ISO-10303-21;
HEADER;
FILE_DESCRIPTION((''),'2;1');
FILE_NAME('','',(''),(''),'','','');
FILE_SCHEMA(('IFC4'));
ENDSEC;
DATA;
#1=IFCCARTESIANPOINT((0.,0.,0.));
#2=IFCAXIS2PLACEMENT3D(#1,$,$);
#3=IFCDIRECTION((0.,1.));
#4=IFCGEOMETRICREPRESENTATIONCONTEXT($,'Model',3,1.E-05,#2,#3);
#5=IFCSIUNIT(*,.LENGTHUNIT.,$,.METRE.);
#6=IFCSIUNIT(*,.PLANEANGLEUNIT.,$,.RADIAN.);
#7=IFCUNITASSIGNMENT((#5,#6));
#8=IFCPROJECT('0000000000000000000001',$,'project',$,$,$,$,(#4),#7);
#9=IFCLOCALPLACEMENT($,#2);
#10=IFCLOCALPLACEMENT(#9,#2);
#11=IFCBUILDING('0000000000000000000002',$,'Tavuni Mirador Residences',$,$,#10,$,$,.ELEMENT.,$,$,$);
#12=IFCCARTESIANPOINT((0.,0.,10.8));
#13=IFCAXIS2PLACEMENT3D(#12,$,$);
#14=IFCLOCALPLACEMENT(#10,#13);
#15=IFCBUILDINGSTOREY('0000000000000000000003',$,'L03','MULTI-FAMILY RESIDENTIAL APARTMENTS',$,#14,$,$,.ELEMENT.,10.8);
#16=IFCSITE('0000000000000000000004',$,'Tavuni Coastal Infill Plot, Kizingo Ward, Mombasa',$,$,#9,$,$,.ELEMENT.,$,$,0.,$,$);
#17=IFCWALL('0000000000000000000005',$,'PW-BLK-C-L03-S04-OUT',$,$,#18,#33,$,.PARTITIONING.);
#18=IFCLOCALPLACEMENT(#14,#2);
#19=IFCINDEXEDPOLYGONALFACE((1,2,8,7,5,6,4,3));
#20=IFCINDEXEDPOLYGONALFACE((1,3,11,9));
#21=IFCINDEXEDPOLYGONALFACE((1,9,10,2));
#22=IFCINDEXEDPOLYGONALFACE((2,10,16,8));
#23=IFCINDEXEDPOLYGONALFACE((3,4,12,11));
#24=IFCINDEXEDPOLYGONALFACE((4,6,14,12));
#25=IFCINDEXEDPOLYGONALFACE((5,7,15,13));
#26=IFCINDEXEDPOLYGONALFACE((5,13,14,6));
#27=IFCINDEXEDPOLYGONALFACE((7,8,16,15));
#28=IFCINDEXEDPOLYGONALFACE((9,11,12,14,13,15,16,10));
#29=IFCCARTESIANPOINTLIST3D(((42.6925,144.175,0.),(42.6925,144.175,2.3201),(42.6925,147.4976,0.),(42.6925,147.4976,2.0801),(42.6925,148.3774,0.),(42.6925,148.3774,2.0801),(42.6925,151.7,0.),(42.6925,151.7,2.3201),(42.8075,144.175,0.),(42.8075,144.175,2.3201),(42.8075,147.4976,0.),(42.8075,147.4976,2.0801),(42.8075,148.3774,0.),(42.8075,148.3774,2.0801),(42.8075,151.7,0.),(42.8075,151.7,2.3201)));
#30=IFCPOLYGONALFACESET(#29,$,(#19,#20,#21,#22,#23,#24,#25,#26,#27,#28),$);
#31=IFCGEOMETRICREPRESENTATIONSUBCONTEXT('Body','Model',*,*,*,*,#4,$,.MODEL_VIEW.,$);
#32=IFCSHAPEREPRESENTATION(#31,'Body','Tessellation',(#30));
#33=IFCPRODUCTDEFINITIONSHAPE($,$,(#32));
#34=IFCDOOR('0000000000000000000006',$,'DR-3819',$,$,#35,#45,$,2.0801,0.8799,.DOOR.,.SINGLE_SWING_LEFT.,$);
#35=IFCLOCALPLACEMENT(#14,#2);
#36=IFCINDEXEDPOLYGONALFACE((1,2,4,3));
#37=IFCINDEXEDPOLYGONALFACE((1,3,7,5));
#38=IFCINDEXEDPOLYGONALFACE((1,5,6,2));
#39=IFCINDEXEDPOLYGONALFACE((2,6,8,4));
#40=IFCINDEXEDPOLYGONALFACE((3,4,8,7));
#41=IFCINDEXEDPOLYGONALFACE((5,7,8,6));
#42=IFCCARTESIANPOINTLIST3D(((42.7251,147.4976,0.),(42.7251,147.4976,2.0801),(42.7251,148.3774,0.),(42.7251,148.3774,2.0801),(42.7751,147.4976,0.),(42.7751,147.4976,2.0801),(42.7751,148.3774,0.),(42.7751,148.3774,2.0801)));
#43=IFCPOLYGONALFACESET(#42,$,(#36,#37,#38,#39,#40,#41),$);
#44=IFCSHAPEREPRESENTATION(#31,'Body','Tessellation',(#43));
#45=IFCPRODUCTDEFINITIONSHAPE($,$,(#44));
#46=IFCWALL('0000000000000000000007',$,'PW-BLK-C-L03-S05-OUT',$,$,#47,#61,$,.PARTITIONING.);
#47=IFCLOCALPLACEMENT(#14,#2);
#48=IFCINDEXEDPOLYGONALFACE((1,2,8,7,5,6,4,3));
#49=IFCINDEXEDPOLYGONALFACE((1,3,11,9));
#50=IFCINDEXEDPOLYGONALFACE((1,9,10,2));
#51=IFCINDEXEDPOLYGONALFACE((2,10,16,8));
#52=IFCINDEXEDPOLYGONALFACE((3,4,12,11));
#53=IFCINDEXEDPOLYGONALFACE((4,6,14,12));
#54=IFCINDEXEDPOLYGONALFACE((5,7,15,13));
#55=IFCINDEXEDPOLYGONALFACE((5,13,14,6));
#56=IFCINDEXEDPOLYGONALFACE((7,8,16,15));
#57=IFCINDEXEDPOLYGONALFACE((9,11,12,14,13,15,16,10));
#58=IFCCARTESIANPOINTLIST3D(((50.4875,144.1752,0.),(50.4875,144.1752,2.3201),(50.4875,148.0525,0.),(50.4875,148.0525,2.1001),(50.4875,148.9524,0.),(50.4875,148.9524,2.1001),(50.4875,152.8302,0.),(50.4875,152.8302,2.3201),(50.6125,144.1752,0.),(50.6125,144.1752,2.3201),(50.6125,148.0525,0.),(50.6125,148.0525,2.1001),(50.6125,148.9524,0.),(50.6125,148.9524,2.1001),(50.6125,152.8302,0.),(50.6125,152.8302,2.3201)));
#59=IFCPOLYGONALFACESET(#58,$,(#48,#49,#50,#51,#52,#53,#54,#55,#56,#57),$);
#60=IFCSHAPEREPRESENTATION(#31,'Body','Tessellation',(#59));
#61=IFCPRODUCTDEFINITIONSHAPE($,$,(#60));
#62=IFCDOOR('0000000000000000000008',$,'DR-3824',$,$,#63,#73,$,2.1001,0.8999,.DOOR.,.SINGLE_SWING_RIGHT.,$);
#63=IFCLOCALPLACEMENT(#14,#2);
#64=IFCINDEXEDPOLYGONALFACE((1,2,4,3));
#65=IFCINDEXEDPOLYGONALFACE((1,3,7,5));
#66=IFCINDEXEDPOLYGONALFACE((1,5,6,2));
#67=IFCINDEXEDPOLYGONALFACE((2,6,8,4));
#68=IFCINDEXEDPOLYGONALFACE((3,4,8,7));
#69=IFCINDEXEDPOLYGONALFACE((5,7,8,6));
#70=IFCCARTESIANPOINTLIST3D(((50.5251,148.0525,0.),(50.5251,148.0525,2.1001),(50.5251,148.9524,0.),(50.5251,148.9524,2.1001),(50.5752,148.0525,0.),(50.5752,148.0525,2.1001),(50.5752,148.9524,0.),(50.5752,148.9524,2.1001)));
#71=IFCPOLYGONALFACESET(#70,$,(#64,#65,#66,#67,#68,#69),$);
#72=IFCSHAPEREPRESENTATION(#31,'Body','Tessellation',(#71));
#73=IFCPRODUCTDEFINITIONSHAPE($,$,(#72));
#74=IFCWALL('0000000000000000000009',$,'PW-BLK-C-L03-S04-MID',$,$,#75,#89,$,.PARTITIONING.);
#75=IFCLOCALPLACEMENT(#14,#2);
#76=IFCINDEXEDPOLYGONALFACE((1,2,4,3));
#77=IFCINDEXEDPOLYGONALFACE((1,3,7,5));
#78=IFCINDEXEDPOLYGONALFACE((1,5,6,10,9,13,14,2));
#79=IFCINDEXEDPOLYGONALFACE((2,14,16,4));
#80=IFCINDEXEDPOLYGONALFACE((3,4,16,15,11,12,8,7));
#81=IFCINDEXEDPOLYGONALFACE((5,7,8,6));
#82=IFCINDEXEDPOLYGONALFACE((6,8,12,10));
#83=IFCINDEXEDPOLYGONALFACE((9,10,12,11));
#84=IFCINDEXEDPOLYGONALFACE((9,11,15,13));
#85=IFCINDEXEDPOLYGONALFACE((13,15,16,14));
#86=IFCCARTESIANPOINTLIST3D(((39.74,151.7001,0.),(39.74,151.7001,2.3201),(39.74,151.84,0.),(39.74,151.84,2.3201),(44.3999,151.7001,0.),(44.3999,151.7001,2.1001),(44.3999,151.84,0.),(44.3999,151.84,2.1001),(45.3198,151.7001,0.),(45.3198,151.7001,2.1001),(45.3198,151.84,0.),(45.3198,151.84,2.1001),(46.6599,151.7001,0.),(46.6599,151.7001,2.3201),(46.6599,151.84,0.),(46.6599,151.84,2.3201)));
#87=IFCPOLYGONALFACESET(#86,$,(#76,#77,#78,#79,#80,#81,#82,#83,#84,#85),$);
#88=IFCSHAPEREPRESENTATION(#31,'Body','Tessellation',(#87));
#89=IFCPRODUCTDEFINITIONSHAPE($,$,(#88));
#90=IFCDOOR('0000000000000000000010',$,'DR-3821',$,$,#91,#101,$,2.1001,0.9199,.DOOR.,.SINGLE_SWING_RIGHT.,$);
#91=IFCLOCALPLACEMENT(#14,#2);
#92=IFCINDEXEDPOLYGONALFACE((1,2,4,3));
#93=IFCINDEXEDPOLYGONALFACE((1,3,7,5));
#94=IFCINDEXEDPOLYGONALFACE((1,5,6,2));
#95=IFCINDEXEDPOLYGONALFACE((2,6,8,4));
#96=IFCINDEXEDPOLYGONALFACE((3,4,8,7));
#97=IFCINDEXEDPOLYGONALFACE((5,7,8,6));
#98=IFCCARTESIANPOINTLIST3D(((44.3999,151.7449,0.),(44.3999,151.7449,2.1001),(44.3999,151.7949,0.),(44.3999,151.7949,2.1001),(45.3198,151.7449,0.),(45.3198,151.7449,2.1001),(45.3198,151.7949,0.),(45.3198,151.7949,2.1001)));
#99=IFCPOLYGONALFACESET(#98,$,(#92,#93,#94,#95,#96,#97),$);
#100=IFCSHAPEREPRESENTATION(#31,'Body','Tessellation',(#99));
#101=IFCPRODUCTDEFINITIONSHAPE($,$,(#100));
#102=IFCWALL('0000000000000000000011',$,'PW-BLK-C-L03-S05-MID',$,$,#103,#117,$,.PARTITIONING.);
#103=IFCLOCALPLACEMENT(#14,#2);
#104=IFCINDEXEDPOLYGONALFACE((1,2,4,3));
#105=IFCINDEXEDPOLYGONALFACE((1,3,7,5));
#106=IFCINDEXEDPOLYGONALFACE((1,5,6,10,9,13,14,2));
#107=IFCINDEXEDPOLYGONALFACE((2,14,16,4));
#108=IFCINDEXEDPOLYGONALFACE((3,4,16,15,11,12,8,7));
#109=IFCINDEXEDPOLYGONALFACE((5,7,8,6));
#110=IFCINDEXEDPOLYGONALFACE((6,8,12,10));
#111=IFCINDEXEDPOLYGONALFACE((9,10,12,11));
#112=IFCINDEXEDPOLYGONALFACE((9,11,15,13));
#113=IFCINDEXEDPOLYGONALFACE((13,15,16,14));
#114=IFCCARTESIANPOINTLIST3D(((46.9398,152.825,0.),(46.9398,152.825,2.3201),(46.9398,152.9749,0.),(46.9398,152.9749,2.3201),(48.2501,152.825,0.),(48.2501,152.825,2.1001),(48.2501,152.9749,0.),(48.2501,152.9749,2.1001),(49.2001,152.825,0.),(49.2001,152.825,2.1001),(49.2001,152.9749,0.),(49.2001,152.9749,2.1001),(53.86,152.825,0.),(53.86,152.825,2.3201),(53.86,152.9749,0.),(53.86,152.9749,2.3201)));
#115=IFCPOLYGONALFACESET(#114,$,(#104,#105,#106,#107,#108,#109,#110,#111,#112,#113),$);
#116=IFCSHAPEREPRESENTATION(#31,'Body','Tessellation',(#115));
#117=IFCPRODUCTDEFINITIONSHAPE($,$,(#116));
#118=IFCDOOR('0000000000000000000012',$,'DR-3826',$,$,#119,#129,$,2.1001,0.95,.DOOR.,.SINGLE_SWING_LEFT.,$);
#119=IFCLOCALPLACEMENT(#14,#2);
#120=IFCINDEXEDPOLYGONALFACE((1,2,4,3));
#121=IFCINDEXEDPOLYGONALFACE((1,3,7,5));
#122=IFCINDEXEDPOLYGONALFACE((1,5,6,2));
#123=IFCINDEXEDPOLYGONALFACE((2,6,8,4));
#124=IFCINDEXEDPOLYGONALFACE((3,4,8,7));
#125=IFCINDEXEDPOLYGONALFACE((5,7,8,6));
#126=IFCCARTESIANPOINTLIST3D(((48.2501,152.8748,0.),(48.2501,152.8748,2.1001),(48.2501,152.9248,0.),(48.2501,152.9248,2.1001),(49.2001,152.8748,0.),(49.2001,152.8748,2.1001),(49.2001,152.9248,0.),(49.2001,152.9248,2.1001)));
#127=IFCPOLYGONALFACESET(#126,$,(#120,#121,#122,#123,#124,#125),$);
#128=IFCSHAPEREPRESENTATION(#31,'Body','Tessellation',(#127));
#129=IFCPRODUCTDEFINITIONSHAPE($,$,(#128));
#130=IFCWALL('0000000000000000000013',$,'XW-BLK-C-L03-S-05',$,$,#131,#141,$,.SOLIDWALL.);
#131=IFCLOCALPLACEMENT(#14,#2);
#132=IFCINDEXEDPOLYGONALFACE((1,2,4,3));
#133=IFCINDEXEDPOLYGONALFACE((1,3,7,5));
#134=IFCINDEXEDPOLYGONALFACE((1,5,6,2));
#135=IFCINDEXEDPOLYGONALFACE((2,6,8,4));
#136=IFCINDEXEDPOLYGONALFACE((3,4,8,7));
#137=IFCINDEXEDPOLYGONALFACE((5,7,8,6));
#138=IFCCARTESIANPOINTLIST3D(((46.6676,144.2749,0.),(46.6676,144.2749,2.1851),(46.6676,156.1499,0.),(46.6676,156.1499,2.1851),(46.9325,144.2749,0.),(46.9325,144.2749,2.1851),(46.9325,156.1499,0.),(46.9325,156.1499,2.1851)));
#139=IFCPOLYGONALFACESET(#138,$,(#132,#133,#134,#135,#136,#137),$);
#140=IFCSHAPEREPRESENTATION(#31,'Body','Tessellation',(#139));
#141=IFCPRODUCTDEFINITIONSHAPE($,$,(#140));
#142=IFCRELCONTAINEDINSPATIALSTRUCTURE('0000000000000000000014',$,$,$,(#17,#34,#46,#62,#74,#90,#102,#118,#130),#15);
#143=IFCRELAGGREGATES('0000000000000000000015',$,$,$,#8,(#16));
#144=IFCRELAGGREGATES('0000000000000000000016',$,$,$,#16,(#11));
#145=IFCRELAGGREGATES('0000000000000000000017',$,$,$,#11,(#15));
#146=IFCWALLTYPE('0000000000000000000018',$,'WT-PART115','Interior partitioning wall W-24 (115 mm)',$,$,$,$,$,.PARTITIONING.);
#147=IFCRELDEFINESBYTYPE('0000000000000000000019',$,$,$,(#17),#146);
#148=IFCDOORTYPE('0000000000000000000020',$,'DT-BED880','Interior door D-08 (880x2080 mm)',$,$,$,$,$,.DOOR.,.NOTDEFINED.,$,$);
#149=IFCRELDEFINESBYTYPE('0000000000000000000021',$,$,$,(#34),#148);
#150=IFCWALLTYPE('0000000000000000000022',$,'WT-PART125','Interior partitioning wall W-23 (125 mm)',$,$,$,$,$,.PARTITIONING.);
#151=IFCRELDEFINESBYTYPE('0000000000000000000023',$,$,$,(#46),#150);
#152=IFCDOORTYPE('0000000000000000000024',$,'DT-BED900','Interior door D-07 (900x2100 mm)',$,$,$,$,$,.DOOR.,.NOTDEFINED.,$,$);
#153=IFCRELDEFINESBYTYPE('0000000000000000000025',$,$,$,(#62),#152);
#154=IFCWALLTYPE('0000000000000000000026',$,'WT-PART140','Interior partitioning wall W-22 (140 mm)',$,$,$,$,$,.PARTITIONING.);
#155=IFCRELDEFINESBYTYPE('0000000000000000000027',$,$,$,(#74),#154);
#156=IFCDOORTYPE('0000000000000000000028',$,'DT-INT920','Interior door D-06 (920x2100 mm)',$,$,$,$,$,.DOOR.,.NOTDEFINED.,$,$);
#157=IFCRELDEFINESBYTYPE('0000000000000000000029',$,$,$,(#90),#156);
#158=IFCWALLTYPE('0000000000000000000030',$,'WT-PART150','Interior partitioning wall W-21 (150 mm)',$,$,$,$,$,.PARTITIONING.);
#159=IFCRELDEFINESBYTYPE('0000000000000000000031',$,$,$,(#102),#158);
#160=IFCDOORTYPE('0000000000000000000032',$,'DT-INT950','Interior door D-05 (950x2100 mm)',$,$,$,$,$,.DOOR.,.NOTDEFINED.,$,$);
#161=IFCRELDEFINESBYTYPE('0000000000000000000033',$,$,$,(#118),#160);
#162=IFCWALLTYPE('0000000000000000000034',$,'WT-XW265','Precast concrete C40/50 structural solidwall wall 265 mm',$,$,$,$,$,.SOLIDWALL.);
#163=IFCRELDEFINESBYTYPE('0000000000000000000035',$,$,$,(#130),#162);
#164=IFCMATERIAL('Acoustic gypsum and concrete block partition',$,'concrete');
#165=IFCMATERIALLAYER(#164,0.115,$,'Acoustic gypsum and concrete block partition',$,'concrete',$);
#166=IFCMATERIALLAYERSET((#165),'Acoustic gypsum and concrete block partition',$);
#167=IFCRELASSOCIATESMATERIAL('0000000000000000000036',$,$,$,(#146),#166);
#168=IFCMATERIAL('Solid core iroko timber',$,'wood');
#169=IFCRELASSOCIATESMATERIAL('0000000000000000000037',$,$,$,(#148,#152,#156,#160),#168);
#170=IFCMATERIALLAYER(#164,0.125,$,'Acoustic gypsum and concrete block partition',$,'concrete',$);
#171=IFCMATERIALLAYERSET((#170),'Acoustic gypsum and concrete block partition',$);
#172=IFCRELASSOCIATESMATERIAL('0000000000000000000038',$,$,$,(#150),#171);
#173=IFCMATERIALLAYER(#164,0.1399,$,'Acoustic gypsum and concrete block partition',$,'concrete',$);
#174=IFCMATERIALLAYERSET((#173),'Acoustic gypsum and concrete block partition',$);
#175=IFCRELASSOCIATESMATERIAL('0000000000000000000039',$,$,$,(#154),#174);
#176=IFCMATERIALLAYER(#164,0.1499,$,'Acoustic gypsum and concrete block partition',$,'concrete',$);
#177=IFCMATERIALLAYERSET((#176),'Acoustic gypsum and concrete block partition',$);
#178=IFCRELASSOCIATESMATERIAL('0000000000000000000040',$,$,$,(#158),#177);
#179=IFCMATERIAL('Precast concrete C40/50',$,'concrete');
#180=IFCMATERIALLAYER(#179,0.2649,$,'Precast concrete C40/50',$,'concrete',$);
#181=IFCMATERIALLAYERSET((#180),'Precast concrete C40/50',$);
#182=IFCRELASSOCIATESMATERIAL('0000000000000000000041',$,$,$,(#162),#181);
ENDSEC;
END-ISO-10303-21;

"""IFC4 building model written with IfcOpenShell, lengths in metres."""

from ifc_helpers import new_model, si_unit, direction, frame, frame_2d, origin, place, context, subcontext, project, spatial, rectangle, extrude, material, layer, layer_set, type_object, element, fill, save


model = new_model("IFC4")

# Units and contexts
model_context = context("Model", 3, precision=1e-05, world=origin(), true_north=direction((0.0, 1.0)))
body_context = subcontext(model_context, "Body", "Model", "MODEL_VIEW")
ifc_project = project(units=[si_unit("LENGTHUNIT", "METRE"), si_unit("PLANEANGLEUNIT", "RADIAN")], contexts=[model_context])

# Site, building, storey
site_placement = place(None, origin())
site = spatial("IfcSite", under=ifc_project, at=site_placement, Name="Tavuni Coastal Infill Plot, Kizingo Ward, Mombasa", CompositionType="ELEMENT", RefElevation=0.0)
building_placement = place(site_placement, origin())
building = spatial("IfcBuilding", under=site, at=building_placement, Name="Tavuni Mirador Residences", CompositionType="ELEMENT")
storey_placement = place(building_placement, frame((0.0, 0.0, 10.8)))
storey = spatial("IfcBuildingStorey", under=building, at=storey_placement, Name="L03", Description="MULTI-FAMILY RESIDENTIAL APARTMENTS", CompositionType="ELEMENT", Elevation=10.8)

# Shared definitions
ifc_material_1 = material(Name="Precast concrete C40/50", Category="concrete")

# Walls, openings, doors
ifc_material_2 = material(Name="Acoustic gypsum and concrete block partition", Category="concrete")
ifc_material_3 = material(Name="Solid core iroko timber", Category="wood")
ifc_layer_1 = layer(ifc_material_2, 0.115, Name="Acoustic gypsum and concrete block partition", Category="concrete")
ifc_layer_set_1 = layer_set([ifc_layer_1], Name="Acoustic gypsum and concrete block partition")
wall_type_1 = type_object("IfcWallType", Name="WT-PART115", Description="Interior partitioning wall W-24 (115 mm)", PredefinedType="PARTITIONING", material=ifc_layer_set_1)
wall_1_placement = place(storey_placement, frame((42.75, 144.175, 0.0), z_axis=(0.0, 0.0, 1.0), x_axis=(0.0, 1.0, 0.0)))
wall_1 = element("IfcWall", 1, at=wall_1_placement, inside=storey, type_object=wall_type_1, Name="PW-BLK-C-L03-S04-OUT", PredefinedType="PARTITIONING", context=body_context, shape_type="SweptSolid", body=[
    extrude(rectangle(XDim=7.5249, YDim=0.115, at=frame_2d((3.7625, 0.0))), origin(), (0.0, 0.0, 1.0), 2.3201),
])
opening_1_placement = place(wall_1_placement, frame((3.3225, 0.0, 0.0)))
opening_1 = element("IfcOpeningElement", 2, at=opening_1_placement, cuts=wall_1, PredefinedType="OPENING", context=body_context, shape_type="SweptSolid", body=[
    extrude(rectangle(XDim=0.8799, YDim=2.0801, at=frame_2d((0.4399, 1.04))), frame((0.0, 0.0674, 0.0), z_axis=(0.0, -1.0, 0.0), x_axis=(1.0, 0.0, 0.0)), (0.0, 0.0, 1.0), 0.135),
])
door_type_1 = type_object("IfcDoorType", Name="DT-BED880", Description="Interior door D-08 (880x2080 mm)", OperationType="NOTDEFINED", PredefinedType="DOOR", material=ifc_material_3)
door_1_placement = place(opening_1_placement, origin())
door_1 = element("IfcDoor", 3, at=door_1_placement, inside=storey, type_object=door_type_1, Name="DR-3819", OperationType="SINGLE_SWING_LEFT", OverallHeight=2.0801, OverallWidth=0.8799, PredefinedType="DOOR", context=body_context, shape_type="SweptSolid", body=[
    extrude(rectangle(XDim=0.8799, YDim=2.0801, at=frame_2d((0.4399, 1.04))), frame((0.0, 0.0249, 0.0), z_axis=(0.0, -1.0, 0.0), x_axis=(1.0, 0.0, 0.0)), (0.0, 0.0, 1.0), 0.05),
])
fill(opening_1, door_1)
ifc_layer_2 = layer(ifc_material_2, 0.125, Name="Acoustic gypsum and concrete block partition", Category="concrete")
ifc_layer_set_2 = layer_set([ifc_layer_2], Name="Acoustic gypsum and concrete block partition")
wall_type_2 = type_object("IfcWallType", Name="WT-PART125", Description="Interior partitioning wall W-23 (125 mm)", PredefinedType="PARTITIONING", material=ifc_layer_set_2)
wall_2_placement = place(storey_placement, frame((50.55, 144.175, 0.0), z_axis=(0.0, 0.0, 1.0), x_axis=(0.0, 1.0, 0.0)))
wall_2 = element("IfcWall", 4, at=wall_2_placement, inside=storey, type_object=wall_type_2, Name="PW-BLK-C-L03-S05-OUT", PredefinedType="PARTITIONING", context=body_context, shape_type="SweptSolid", body=[
    extrude(rectangle(XDim=8.655, YDim=0.125, at=frame_2d((4.3276, 0.0))), origin(), (0.0, 0.0, 1.0), 2.3201),
])
opening_2_placement = place(wall_2_placement, frame((3.8774, 0.0, 0.0)))
opening_2 = element("IfcOpeningElement", 5, at=opening_2_placement, cuts=wall_2, PredefinedType="OPENING", context=body_context, shape_type="SweptSolid", body=[
    extrude(rectangle(XDim=0.8999, YDim=2.1001, at=frame_2d((0.45, 1.05))), frame((0.0, 0.0725, 0.0), z_axis=(0.0, -1.0, 0.0), x_axis=(1.0, 0.0, 0.0)), (0.0, 0.0, 1.0), 0.145),
])
door_type_2 = type_object("IfcDoorType", Name="DT-BED900", Description="Interior door D-07 (900x2100 mm)", OperationType="NOTDEFINED", PredefinedType="DOOR", material=ifc_material_3)
door_2_placement = place(opening_2_placement, origin())
door_2 = element("IfcDoor", 6, at=door_2_placement, inside=storey, type_object=door_type_2, Name="DR-3824", OperationType="SINGLE_SWING_RIGHT", OverallHeight=2.1001, OverallWidth=0.8999, PredefinedType="DOOR", context=body_context, shape_type="SweptSolid", body=[
    extrude(rectangle(XDim=0.8999, YDim=2.1001, at=frame_2d((0.45, 1.05))), frame((0.0, 0.0249, 0.0), z_axis=(0.0, -1.0, 0.0), x_axis=(1.0, 0.0, 0.0)), (0.0, 0.0, 1.0), 0.05),
])
fill(opening_2, door_2)
ifc_layer_3 = layer(ifc_material_2, 0.1399, Name="Acoustic gypsum and concrete block partition", Category="concrete")
ifc_layer_set_3 = layer_set([ifc_layer_3], Name="Acoustic gypsum and concrete block partition")
wall_type_3 = type_object("IfcWallType", Name="WT-PART140", Description="Interior partitioning wall W-22 (140 mm)", PredefinedType="PARTITIONING", material=ifc_layer_set_3)
wall_3_placement = place(storey_placement, frame((39.74, 151.77, 0.0), z_axis=(0.0, 0.0, 1.0), x_axis=(1.0, 0.0, 0.0)))
wall_3 = element("IfcWall", 7, at=wall_3_placement, inside=storey, type_object=wall_type_3, Name="PW-BLK-C-L03-S04-MID", PredefinedType="PARTITIONING", context=body_context, shape_type="SweptSolid", body=[
    extrude(rectangle(XDim=6.9199, YDim=0.1399, at=frame_2d((3.46, 0.0))), origin(), (0.0, 0.0, 1.0), 2.3201),
])
opening_3_placement = place(wall_3_placement, frame((4.6599, 0.0, 0.0)))
opening_3 = element("IfcOpeningElement", 8, at=opening_3_placement, cuts=wall_3, PredefinedType="OPENING", context=body_context, shape_type="SweptSolid", body=[
    extrude(rectangle(XDim=0.9199, YDim=2.1001, at=frame_2d((0.46, 1.05))), frame((0.0, 0.0801, 0.0), z_axis=(0.0, -1.0, 0.0), x_axis=(1.0, 0.0, 0.0)), (0.0, 0.0, 1.0), 0.1599),
])
door_type_3 = type_object("IfcDoorType", Name="DT-INT920", Description="Interior door D-06 (920x2100 mm)", OperationType="NOTDEFINED", PredefinedType="DOOR", material=ifc_material_3)
door_3_placement = place(opening_3_placement, origin())
door_3 = element("IfcDoor", 9, at=door_3_placement, inside=storey, type_object=door_type_3, Name="DR-3821", OperationType="SINGLE_SWING_RIGHT", OverallHeight=2.1001, OverallWidth=0.9199, PredefinedType="DOOR", context=body_context, shape_type="SweptSolid", body=[
    extrude(rectangle(XDim=0.9199, YDim=2.1001, at=frame_2d((0.46, 1.05))), frame((0.0, 0.0249, 0.0), z_axis=(0.0, -1.0, 0.0), x_axis=(1.0, 0.0, 0.0)), (0.0, 0.0, 1.0), 0.05),
])
fill(opening_3, door_3)
ifc_layer_4 = layer(ifc_material_2, 0.1499, Name="Acoustic gypsum and concrete block partition", Category="concrete")
ifc_layer_set_4 = layer_set([ifc_layer_4], Name="Acoustic gypsum and concrete block partition")
wall_type_4 = type_object("IfcWallType", Name="WT-PART150", Description="Interior partitioning wall W-21 (150 mm)", PredefinedType="PARTITIONING", material=ifc_layer_set_4)
wall_4_placement = place(storey_placement, frame((46.9399, 152.8999, 0.0), z_axis=(0.0, 0.0, 1.0), x_axis=(1.0, 0.0, 0.0)))
wall_4 = element("IfcWall", 10, at=wall_4_placement, inside=storey, type_object=wall_type_4, Name="PW-BLK-C-L03-S05-MID", PredefinedType="PARTITIONING", context=body_context, shape_type="SweptSolid", body=[
    extrude(rectangle(XDim=6.9202, YDim=0.1499, at=frame_2d((3.46, 0.0))), origin(), (0.0, 0.0, 1.0), 2.3201),
])
opening_4_placement = place(wall_4_placement, frame((1.3101, 0.0, 0.0)))
opening_4 = element("IfcOpeningElement", 11, at=opening_4_placement, cuts=wall_4, PredefinedType="OPENING", context=body_context, shape_type="SweptSolid", body=[
    extrude(rectangle(XDim=0.95, YDim=2.1001, at=frame_2d((0.4751, 1.05))), frame((0.0, 0.085, 0.0), z_axis=(0.0, -1.0, 0.0), x_axis=(1.0, 0.0, 0.0)), (0.0, 0.0, 1.0), 0.1699),
])
door_type_4 = type_object("IfcDoorType", Name="DT-INT950", Description="Interior door D-05 (950x2100 mm)", OperationType="NOTDEFINED", PredefinedType="DOOR", material=ifc_material_3)
door_4_placement = place(opening_4_placement, origin())
door_4 = element("IfcDoor", 12, at=door_4_placement, inside=storey, type_object=door_type_4, Name="DR-3826", OperationType="SINGLE_SWING_LEFT", OverallHeight=2.1001, OverallWidth=0.95, PredefinedType="DOOR", context=body_context, shape_type="SweptSolid", body=[
    extrude(rectangle(XDim=0.95, YDim=2.1001, at=frame_2d((0.4751, 1.05))), frame((0.0, 0.0249, 0.0), z_axis=(0.0, -1.0, 0.0), x_axis=(1.0, 0.0, 0.0)), (0.0, 0.0, 1.0), 0.05),
])
fill(opening_4, door_4)

# Wall
ifc_layer_5 = layer(ifc_material_1, 0.2649, Name="Precast concrete C40/50", Category="concrete")
ifc_layer_set_5 = layer_set([ifc_layer_5], Name="Precast concrete C40/50")
wall_type_5 = type_object("IfcWallType", Name="WT-XW265", Description="Precast concrete C40/50 structural solidwall wall 265 mm", PredefinedType="SOLIDWALL", material=ifc_layer_set_5)
wall_5_placement = place(storey_placement, frame((46.8, 144.2749, 0.0), z_axis=(0.0, 0.0, 1.0), x_axis=(0.0, 1.0, 0.0)))
element("IfcWall", 13, at=wall_5_placement, inside=storey, type_object=wall_type_5, Name="XW-BLK-C-L03-S-05", PredefinedType="SOLIDWALL", context=body_context, shape_type="SweptSolid", body=[
    extrude(rectangle(XDim=11.875, YDim=0.2649, at=frame_2d((5.9375, 0.0))), origin(), (0.0, 0.0, 1.0), 2.1851),
])

save(model, "model.ifc")
